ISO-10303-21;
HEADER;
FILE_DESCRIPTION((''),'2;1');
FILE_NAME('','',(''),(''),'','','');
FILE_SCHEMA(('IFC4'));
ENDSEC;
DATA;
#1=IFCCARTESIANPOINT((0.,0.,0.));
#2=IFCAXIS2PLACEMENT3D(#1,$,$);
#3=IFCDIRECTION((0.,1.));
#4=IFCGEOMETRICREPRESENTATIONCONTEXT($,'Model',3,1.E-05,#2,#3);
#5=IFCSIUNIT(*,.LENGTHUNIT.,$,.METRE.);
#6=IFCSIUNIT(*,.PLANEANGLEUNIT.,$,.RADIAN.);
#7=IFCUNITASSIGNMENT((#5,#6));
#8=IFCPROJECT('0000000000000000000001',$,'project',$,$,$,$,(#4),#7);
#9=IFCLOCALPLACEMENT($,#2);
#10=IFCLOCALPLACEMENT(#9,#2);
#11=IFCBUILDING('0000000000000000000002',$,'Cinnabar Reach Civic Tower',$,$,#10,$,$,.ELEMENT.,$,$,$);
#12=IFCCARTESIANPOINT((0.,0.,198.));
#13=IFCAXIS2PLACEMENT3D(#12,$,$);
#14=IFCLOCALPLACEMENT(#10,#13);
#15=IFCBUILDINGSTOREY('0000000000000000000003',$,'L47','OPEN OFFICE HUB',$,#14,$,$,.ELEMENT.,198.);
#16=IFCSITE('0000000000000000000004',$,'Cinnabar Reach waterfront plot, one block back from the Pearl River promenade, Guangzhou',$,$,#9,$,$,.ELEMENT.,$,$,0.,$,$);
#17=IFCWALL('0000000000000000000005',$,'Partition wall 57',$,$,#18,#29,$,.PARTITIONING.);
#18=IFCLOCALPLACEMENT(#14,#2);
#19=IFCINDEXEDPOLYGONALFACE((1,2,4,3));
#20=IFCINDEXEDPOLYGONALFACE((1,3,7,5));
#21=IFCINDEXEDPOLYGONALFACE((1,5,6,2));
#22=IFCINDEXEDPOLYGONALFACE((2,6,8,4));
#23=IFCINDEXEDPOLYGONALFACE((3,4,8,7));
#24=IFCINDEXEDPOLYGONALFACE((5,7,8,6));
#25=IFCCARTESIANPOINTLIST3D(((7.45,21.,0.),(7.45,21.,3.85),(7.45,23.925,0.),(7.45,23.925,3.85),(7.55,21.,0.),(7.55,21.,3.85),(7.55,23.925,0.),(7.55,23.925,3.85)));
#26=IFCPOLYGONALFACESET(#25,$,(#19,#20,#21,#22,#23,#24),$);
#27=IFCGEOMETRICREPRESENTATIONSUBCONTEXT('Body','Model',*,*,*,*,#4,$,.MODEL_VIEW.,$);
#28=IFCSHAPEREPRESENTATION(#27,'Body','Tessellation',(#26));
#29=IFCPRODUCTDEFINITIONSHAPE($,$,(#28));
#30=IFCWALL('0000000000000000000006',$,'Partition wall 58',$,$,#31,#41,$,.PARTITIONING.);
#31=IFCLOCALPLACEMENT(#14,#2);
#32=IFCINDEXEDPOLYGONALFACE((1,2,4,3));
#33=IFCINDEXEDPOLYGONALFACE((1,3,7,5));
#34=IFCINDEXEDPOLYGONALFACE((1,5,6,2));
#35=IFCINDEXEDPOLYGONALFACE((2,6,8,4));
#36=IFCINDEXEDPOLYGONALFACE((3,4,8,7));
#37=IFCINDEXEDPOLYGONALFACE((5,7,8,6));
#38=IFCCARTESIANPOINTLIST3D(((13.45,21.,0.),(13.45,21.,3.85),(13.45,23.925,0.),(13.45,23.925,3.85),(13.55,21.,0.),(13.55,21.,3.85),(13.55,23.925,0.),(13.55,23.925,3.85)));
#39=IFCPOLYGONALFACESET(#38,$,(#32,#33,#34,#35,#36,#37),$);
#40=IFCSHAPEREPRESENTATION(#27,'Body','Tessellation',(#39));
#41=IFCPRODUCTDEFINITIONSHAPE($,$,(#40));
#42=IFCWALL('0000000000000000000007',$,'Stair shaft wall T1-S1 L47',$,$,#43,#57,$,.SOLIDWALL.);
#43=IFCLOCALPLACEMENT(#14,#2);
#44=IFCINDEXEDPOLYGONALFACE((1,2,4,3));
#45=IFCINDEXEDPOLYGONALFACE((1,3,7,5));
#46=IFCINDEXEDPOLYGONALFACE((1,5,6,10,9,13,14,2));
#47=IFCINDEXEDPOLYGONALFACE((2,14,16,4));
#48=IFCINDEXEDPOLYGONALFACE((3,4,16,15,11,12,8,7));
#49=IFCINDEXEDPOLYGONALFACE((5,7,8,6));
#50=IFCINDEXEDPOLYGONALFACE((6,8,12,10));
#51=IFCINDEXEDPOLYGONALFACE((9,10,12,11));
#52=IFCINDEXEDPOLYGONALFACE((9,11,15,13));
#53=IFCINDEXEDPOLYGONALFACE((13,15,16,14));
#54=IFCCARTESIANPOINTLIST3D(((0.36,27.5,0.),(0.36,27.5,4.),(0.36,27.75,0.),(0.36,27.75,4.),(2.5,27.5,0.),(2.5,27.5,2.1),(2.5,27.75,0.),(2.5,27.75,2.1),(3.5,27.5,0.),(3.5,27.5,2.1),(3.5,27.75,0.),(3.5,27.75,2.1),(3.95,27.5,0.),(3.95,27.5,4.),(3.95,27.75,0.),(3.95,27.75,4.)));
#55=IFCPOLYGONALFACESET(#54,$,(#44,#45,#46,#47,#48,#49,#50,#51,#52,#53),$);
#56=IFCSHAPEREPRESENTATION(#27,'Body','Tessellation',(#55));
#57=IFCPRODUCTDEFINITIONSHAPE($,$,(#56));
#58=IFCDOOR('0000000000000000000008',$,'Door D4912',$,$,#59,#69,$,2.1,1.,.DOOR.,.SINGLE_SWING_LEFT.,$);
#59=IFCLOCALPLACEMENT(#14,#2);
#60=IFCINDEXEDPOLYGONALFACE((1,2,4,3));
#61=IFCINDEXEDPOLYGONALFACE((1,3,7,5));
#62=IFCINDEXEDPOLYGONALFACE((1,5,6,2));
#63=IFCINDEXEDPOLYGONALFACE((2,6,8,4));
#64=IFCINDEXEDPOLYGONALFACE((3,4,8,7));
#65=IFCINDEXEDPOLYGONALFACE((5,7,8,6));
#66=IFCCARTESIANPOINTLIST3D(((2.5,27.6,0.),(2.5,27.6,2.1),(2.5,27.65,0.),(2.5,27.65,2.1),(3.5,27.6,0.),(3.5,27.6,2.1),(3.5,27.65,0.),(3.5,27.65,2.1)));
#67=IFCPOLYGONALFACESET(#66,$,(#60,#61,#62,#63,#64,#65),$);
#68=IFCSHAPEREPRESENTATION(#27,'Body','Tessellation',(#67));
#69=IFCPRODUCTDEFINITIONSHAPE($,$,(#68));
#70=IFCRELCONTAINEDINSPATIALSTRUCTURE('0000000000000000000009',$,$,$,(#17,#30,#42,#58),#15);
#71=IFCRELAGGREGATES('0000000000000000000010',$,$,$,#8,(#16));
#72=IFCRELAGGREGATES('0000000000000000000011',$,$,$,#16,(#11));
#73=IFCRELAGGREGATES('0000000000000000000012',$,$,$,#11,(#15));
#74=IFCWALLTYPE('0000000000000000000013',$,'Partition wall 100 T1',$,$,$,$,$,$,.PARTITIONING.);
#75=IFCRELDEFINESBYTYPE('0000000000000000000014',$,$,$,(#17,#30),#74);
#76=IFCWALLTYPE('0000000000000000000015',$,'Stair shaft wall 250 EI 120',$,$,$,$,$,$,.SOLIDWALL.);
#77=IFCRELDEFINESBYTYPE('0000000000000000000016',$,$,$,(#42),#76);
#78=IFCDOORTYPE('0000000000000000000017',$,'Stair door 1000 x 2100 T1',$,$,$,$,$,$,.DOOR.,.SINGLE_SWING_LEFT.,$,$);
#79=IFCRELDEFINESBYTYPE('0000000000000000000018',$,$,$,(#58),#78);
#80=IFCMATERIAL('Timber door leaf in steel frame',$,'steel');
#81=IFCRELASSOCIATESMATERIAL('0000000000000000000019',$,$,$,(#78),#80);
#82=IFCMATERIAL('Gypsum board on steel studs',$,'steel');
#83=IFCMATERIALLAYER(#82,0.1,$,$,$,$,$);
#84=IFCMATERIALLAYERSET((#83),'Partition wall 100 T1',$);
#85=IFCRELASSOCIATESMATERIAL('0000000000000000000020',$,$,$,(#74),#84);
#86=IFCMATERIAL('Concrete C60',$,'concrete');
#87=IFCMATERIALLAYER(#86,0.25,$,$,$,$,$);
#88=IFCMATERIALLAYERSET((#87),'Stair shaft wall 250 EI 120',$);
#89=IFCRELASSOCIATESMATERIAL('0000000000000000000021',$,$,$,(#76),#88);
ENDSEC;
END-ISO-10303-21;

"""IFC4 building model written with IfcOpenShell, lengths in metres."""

from ifc_helpers import new_model, si_unit, direction, frame, frame_2d, origin, place, context, subcontext, project, spatial, rectangle, extrude, material, layer, layer_set, type_object, element, fill, save


model = new_model("IFC4")

# Units and contexts
model_context = context("Model", 3, precision=1e-05, world=origin(), true_north=direction((0.0, 1.0)))
body_context = subcontext(model_context, "Body", "Model", "MODEL_VIEW")
ifc_project = project(units=[si_unit("LENGTHUNIT", "METRE"), si_unit("PLANEANGLEUNIT", "RADIAN")], contexts=[model_context])

# Site, building, storey
site_placement = place(None, origin())
site = spatial("IfcSite", under=ifc_project, at=site_placement, Name="Cinnabar Reach waterfront plot, one block back from the Pearl River promenade, Guangzhou", CompositionType="ELEMENT", RefElevation=0.0)
building_placement = place(site_placement, origin())
building = spatial("IfcBuilding", under=site, at=building_placement, Name="Cinnabar Reach Civic Tower", CompositionType="ELEMENT")
storey_placement = place(building_placement, frame((0.0, 0.0, 198.0)))
storey = spatial("IfcBuildingStorey", under=building, at=storey_placement, Name="L47", Description="OPEN OFFICE HUB", CompositionType="ELEMENT", Elevation=198.0)

# Shared definitions
ifc_material_1 = material(Name="Concrete C60", Category="concrete")

# Shared definitions
ifc_material_2 = material(Name="Timber door leaf in steel frame", Category="steel")
door_type_1 = type_object("IfcDoorType", Name="Stair door 1000 x 2100 T1", OperationType="SINGLE_SWING_LEFT", PredefinedType="DOOR", material=ifc_material_2)

# Walls
ifc_material_3 = material(Name="Gypsum board on steel studs", Category="steel")
ifc_layer_1 = layer(ifc_material_3, 0.1)
ifc_layer_set_1 = layer_set([ifc_layer_1], Name="Partition wall 100 T1")
wall_type_1 = type_object("IfcWallType", Name="Partition wall 100 T1", PredefinedType="PARTITIONING", material=ifc_layer_set_1)
for number, where, z_axis, x_axis, name in (
    (1, (7.5, 21.0, 0.0), (0.0, 0.0, 1.0), (0.0, 1.0, 0.0), "Partition wall 57"),
    (2, (13.5, 21.0, 0.0), (0.0, 0.0, 1.0), (0.0, 1.0, 0.0), "Partition wall 58"),
):
    element("IfcWall", number, at=place(storey_placement, frame(where, z_axis=z_axis, x_axis=x_axis)), inside=storey, type_object=wall_type_1, Name=name, PredefinedType="PARTITIONING", context=body_context, shape_type="SweptSolid", body=[
        extrude(rectangle(XDim=2.925, YDim=0.1, at=frame_2d((1.4625, 0.0))), origin(), (0.0, 0.0, 1.0), 3.85),
    ])

# Wall, opening, door
ifc_layer_2 = layer(ifc_material_1, 0.25)
ifc_layer_set_2 = layer_set([ifc_layer_2], Name="Stair shaft wall 250 EI 120")
wall_type_2 = type_object("IfcWallType", Name="Stair shaft wall 250 EI 120", PredefinedType="SOLIDWALL", material=ifc_layer_set_2)
wall_1_placement = place(storey_placement, frame((3.95, 27.625, 0.0), z_axis=(0.0, 0.0, 1.0), x_axis=(-1.0, 0.0, 0.0)))
wall_1 = element("IfcWall", 3, at=wall_1_placement, inside=storey, type_object=wall_type_2, Name="Stair shaft wall T1-S1 L47", PredefinedType="SOLIDWALL", context=body_context, shape_type="SweptSolid", body=[
    extrude(rectangle(XDim=3.59, YDim=0.25, at=frame_2d((1.795, 0.0))), origin(), (0.0, 0.0, 1.0), 4.0),
])
opening_1_placement = place(wall_1_placement, frame((0.45, 0.0, 0.0)))
opening_1 = element("IfcOpeningElement", 4, at=opening_1_placement, cuts=wall_1, PredefinedType="OPENING", context=body_context, shape_type="SweptSolid", body=[
    extrude(rectangle(XDim=1.0, YDim=2.1, at=frame_2d((0.5, 1.05))), frame((0.0, 0.135, 0.0), z_axis=(0.0, -1.0, 0.0), x_axis=(1.0, 0.0, 0.0)), (0.0, 0.0, 1.0), 0.27),
])
door_1_placement = place(opening_1_placement, origin())
door_1 = element("IfcDoor", 5, at=door_1_placement, inside=storey, type_object=door_type_1, Name="Door D4912", OperationType="SINGLE_SWING_LEFT", OverallHeight=2.1, OverallWidth=1.0, PredefinedType="DOOR", context=body_context, shape_type="SweptSolid", body=[
    extrude(rectangle(XDim=1.0, YDim=2.1, at=frame_2d((0.5, 1.05))), frame((0.0, 0.025, 0.0), z_axis=(0.0, -1.0, 0.0), x_axis=(1.0, 0.0, 0.0)), (0.0, 0.0, 1.0), 0.05),
])
fill(opening_1, door_1)

save(model, "model.ifc")
